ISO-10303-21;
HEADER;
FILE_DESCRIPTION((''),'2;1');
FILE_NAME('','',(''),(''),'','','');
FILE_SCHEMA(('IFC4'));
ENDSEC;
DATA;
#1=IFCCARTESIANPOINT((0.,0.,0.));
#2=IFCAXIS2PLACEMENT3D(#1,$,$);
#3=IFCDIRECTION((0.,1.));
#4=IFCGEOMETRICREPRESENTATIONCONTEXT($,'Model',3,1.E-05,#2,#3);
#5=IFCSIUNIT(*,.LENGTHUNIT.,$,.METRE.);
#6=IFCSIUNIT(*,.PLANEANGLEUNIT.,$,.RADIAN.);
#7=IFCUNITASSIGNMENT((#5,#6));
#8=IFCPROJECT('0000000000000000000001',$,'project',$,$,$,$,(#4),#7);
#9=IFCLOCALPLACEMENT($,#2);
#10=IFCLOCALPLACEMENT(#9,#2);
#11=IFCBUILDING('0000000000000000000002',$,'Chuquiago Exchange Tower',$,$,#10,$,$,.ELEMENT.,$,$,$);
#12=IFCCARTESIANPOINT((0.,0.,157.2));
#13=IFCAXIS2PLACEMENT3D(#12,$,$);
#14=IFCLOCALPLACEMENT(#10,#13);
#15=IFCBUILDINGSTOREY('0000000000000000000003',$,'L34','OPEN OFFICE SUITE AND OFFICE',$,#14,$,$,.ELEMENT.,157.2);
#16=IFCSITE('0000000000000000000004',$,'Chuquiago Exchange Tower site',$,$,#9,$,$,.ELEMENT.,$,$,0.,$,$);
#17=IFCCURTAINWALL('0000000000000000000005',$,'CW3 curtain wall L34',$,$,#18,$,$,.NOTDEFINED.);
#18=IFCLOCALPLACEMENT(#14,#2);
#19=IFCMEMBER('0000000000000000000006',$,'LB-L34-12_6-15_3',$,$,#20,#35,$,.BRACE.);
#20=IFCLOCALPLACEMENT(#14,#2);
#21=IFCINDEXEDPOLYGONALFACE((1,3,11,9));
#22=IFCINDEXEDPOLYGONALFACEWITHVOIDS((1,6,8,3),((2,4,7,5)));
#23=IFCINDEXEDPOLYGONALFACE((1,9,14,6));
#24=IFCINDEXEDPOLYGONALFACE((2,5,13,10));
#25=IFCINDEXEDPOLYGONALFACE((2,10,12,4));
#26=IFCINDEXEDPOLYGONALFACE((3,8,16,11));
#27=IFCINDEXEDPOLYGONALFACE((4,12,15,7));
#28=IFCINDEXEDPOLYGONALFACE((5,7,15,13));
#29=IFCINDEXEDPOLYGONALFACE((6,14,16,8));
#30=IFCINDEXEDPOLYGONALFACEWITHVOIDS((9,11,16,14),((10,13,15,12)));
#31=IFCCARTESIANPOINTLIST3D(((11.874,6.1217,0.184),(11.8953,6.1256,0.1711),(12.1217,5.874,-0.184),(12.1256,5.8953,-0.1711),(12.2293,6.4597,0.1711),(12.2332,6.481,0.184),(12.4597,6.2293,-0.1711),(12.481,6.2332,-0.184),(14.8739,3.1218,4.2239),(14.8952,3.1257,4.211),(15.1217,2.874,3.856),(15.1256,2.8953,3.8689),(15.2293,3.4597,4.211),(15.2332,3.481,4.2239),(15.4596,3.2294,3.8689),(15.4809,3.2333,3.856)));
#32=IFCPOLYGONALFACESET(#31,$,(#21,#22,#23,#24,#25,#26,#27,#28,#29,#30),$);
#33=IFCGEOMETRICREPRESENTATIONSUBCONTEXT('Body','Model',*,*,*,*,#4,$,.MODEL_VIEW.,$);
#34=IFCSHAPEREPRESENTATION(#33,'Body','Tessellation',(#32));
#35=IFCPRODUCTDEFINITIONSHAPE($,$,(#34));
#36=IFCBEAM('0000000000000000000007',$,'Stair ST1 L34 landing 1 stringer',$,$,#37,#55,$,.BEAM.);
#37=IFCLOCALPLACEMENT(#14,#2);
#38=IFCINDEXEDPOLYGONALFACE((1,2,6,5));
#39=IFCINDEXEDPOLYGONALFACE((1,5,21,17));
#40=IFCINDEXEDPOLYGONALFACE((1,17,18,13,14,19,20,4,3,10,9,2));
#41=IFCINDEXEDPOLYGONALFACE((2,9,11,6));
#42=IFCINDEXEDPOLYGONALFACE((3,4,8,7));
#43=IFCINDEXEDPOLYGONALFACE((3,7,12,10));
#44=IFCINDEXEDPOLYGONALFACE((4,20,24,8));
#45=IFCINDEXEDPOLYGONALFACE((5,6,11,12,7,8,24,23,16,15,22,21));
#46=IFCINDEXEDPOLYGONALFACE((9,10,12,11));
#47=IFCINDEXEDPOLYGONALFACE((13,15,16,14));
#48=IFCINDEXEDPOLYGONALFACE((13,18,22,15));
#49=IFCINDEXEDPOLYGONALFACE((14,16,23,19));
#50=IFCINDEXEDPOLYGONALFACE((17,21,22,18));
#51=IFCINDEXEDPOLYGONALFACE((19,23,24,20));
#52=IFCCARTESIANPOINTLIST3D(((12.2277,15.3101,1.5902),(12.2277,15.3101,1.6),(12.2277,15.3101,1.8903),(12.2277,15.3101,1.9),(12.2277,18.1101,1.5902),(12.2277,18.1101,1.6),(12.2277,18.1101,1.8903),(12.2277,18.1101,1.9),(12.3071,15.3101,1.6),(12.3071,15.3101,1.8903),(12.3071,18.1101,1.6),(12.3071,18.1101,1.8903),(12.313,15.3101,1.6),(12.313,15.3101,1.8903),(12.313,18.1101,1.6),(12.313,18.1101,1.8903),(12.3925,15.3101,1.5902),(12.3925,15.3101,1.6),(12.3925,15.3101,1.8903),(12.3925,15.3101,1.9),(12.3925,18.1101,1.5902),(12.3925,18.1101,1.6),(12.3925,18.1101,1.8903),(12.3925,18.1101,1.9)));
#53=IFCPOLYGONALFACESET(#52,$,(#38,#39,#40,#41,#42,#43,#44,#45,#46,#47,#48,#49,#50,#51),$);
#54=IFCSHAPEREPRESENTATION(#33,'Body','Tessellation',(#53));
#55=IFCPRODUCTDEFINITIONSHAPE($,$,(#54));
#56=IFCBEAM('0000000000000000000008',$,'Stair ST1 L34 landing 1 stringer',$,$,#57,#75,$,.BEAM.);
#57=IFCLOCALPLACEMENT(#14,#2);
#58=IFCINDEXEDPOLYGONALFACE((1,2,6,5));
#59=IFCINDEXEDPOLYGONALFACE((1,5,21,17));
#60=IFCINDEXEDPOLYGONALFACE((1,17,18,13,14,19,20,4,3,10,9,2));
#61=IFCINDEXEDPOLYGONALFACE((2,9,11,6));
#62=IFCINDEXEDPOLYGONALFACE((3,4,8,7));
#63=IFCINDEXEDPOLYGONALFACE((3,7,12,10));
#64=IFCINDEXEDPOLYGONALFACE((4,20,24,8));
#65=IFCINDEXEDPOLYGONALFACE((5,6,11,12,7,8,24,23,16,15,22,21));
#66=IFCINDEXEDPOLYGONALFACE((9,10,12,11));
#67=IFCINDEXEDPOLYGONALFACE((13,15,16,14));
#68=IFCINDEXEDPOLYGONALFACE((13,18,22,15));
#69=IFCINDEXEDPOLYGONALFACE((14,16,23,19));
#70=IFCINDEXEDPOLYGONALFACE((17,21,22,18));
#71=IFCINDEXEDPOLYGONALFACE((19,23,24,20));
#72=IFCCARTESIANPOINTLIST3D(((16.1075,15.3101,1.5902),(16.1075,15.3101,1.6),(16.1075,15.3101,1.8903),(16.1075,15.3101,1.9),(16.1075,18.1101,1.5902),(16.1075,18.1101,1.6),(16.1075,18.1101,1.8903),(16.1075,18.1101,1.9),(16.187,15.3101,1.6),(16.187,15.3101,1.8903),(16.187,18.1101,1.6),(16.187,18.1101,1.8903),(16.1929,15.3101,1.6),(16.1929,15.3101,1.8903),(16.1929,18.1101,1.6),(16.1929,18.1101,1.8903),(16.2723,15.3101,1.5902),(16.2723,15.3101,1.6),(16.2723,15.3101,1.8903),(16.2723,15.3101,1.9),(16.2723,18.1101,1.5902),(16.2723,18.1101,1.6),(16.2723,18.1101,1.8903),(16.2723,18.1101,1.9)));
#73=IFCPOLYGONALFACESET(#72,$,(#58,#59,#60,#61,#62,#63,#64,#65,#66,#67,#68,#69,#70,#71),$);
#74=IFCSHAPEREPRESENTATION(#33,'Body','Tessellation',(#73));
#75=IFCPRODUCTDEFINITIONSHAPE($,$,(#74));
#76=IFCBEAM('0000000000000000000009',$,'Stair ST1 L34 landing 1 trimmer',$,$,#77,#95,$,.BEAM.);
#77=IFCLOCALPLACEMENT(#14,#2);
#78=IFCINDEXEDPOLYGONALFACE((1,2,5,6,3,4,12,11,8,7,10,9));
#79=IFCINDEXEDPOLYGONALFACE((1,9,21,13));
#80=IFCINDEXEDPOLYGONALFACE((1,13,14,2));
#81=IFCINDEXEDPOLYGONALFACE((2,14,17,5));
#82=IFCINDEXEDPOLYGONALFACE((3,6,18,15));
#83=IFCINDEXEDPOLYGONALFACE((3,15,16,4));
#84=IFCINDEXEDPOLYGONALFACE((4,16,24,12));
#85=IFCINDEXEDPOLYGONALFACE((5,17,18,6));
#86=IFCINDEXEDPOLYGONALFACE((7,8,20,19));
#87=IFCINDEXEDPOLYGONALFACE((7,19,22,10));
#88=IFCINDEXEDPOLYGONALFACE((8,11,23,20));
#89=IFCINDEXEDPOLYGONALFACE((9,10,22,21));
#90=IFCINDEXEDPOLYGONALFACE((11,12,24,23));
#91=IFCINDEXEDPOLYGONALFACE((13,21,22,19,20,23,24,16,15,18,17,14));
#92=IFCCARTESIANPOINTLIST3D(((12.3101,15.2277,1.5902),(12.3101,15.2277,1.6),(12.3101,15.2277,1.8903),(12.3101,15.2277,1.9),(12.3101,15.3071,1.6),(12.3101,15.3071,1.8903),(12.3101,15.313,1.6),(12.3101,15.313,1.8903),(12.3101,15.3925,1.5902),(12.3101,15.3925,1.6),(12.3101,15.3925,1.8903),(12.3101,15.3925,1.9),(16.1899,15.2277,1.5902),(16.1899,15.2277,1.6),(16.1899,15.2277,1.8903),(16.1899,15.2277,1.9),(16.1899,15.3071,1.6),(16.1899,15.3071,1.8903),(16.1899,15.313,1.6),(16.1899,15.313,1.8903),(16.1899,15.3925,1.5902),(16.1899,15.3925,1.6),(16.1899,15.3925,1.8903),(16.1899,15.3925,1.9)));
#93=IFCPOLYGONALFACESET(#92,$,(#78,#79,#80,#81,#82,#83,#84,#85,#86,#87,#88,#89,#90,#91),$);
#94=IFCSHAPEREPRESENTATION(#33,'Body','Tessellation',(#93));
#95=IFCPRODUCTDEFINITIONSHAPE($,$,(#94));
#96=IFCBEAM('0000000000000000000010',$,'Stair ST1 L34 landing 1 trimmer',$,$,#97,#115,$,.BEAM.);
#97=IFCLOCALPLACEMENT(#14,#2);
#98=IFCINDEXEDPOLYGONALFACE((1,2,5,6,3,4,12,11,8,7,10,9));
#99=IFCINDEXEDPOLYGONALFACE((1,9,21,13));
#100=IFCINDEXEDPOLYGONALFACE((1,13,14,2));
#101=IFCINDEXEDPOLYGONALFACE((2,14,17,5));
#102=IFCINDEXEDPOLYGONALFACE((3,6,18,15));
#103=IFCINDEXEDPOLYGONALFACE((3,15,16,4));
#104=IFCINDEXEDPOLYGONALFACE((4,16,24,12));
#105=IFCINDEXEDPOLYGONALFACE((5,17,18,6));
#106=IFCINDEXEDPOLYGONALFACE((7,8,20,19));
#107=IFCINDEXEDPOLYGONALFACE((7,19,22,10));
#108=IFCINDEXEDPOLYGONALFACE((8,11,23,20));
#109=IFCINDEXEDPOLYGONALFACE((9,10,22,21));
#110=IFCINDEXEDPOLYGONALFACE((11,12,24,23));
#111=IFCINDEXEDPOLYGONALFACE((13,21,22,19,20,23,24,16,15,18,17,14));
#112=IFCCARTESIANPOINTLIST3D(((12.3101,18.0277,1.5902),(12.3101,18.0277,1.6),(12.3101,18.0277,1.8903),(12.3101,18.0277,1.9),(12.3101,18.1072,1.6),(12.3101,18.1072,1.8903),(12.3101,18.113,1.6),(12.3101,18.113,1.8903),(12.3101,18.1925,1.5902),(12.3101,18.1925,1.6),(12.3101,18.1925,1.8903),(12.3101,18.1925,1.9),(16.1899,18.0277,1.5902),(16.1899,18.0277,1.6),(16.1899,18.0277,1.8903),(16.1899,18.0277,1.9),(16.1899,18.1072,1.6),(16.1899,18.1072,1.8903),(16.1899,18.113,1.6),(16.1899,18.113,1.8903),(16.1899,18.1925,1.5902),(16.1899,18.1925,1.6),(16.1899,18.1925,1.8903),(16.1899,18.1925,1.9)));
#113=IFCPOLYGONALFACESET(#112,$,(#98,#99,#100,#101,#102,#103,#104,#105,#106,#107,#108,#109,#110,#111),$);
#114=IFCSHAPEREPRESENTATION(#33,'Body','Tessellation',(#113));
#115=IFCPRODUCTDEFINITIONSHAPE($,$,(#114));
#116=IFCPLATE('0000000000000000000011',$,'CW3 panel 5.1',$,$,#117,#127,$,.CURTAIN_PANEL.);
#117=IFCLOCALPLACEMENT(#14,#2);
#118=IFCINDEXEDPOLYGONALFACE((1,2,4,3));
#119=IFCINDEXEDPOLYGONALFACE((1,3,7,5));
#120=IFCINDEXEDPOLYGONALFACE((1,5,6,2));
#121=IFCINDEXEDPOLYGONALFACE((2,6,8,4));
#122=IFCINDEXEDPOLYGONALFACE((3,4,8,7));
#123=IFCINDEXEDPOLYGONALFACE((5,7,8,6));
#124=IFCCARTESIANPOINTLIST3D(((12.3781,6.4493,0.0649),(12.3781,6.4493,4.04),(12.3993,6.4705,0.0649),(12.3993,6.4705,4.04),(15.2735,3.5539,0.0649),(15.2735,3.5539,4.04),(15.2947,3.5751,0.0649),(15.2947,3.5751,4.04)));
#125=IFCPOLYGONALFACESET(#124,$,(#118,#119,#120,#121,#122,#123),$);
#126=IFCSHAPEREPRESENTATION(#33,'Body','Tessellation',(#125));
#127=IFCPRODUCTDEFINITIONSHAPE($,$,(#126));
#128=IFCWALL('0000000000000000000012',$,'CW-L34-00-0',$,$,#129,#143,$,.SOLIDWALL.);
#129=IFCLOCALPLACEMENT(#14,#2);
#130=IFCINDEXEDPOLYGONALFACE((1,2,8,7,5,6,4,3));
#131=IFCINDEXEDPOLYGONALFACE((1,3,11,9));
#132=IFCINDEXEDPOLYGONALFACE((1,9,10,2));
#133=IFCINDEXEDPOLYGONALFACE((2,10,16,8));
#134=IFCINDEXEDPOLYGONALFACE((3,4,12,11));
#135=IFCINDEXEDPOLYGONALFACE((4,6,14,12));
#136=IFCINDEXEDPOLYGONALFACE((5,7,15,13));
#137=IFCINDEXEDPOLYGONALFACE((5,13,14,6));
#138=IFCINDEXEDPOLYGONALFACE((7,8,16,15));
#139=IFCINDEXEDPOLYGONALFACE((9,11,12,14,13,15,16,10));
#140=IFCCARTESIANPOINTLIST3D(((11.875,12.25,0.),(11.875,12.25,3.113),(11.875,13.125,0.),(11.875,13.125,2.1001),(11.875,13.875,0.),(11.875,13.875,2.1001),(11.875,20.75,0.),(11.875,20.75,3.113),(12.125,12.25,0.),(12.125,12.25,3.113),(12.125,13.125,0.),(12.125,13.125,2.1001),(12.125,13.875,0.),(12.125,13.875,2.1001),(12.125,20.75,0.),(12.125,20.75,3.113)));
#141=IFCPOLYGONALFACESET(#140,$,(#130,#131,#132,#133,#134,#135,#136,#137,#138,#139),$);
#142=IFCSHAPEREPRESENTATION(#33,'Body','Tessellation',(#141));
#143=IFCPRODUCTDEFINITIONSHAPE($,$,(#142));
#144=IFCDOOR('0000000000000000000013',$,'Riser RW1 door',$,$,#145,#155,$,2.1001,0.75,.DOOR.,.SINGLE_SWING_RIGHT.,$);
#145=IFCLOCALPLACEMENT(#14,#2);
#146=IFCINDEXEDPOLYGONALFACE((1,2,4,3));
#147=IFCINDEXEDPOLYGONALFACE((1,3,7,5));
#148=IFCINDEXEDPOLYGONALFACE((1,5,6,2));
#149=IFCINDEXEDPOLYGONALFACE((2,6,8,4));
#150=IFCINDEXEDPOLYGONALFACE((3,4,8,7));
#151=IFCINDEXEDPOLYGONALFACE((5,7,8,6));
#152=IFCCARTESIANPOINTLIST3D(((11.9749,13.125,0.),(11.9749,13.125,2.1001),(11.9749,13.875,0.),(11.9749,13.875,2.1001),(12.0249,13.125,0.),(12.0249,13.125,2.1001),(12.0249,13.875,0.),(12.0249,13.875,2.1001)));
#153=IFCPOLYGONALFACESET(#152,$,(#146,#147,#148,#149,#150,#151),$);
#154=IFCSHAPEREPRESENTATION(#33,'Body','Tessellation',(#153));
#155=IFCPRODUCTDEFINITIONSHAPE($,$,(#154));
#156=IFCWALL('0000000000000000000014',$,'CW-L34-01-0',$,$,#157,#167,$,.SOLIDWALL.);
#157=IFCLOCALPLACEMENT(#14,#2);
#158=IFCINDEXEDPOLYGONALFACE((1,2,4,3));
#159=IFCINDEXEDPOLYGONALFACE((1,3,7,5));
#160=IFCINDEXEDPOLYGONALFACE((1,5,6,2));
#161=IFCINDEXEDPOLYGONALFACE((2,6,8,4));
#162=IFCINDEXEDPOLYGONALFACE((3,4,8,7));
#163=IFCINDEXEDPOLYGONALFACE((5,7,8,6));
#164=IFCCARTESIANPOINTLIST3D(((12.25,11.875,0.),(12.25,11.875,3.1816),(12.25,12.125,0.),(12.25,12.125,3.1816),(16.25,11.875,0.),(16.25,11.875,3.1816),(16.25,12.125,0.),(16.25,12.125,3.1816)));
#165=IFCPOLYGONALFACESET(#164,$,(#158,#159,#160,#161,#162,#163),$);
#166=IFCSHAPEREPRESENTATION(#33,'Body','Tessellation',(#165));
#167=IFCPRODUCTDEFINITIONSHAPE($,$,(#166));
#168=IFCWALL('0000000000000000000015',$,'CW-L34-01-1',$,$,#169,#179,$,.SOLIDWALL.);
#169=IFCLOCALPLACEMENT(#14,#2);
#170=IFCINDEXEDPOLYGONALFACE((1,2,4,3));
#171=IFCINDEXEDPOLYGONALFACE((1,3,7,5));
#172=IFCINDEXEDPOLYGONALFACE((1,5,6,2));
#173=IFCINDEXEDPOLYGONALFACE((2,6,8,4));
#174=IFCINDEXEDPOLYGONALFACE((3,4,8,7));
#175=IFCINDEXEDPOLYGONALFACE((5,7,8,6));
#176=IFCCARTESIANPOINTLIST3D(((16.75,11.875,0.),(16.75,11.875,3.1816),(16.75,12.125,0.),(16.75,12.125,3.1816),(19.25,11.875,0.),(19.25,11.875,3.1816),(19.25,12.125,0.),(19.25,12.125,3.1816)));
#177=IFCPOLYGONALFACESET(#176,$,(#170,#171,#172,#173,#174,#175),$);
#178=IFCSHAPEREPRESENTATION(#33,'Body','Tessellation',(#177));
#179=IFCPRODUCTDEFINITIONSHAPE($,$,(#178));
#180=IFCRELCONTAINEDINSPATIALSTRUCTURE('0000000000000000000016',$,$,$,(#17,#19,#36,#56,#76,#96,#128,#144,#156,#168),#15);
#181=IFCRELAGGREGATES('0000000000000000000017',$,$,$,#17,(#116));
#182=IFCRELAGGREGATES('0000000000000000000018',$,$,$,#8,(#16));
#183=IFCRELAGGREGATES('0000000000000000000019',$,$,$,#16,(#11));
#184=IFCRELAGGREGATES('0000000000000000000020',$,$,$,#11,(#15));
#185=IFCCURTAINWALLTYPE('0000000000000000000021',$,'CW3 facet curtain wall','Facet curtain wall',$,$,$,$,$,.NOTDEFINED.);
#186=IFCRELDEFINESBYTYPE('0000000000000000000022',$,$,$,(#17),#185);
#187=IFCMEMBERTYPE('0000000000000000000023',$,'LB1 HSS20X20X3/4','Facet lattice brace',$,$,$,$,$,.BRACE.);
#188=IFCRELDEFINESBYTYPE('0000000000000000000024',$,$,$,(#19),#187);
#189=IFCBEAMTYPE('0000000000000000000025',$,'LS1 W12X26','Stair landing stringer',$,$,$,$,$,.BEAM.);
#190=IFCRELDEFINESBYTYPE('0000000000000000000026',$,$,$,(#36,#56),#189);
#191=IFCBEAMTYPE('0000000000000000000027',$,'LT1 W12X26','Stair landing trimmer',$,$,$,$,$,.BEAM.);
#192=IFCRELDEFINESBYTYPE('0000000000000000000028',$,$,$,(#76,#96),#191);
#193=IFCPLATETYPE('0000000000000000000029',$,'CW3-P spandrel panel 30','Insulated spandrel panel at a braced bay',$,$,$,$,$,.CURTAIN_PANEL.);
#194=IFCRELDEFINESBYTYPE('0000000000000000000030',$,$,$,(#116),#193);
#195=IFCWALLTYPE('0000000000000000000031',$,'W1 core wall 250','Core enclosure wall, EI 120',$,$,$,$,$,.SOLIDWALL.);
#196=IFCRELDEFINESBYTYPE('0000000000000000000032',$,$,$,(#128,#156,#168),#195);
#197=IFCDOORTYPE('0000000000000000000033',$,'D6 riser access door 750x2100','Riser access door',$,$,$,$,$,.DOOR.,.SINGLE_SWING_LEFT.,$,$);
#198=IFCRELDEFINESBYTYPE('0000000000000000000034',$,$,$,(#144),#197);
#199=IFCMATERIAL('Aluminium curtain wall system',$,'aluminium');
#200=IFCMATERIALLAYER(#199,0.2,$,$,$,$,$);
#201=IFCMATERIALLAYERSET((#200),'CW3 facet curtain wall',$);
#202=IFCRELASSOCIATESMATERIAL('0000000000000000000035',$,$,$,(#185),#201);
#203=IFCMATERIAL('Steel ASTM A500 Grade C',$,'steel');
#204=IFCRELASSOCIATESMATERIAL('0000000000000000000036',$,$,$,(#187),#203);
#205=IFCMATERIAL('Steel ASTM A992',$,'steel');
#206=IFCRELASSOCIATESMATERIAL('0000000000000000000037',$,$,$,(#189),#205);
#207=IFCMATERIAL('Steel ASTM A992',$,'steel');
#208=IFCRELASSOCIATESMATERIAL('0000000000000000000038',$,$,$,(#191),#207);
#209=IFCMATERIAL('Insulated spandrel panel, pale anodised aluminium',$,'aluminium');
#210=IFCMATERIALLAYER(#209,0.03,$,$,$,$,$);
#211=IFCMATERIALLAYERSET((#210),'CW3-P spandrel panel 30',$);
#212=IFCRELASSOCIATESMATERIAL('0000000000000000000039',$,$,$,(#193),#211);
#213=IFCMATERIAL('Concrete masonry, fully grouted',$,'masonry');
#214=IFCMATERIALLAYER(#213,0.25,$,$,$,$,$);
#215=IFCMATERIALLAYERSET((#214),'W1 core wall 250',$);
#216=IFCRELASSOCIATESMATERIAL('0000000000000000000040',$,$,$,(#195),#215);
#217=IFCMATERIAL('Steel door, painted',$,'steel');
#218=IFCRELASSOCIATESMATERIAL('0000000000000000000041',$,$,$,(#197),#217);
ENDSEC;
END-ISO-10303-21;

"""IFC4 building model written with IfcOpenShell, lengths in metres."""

from ifc_helpers import new_model, si_unit, direction, frame, frame_2d, origin, origin_2d, place, context, subcontext, project, spatial, rectangle, hollow_rectangle, i_section, extrude, material, layer, layer_set, material_profile, profile_set, type_object, element, fill, aggregate, save


model = new_model("IFC4")

# Units and contexts
model_context = context("Model", 3, precision=1e-05, world=origin(), true_north=direction((0.0, 1.0)))
body_context = subcontext(model_context, "Body", "Model", "MODEL_VIEW")
ifc_project = project(units=[si_unit("LENGTHUNIT", "METRE"), si_unit("PLANEANGLEUNIT", "RADIAN")], contexts=[model_context])

# Site, building, storey
site_placement = place(None, origin())
site = spatial("IfcSite", under=ifc_project, at=site_placement, Name="Chuquiago Exchange Tower site", CompositionType="ELEMENT", RefElevation=0.0)
building_placement = place(site_placement, origin())
building = spatial("IfcBuilding", under=site, at=building_placement, Name="Chuquiago Exchange Tower", CompositionType="ELEMENT")
storey_placement = place(building_placement, frame((0.0, 0.0, 157.2)))
storey = spatial("IfcBuildingStorey", under=building, at=storey_placement, Name="L34", Description="OPEN OFFICE SUITE AND OFFICE", CompositionType="ELEMENT", Elevation=157.2)

# Curtain wall
ifc_material_1 = material(Name="Aluminium curtain wall system", Category="aluminium")
ifc_layer_1 = layer(ifc_material_1, 0.2)
ifc_layer_set_1 = layer_set([ifc_layer_1], Name="CW3 facet curtain wall")
curtain_wall_type = type_object("IfcCurtainWallType", Name="CW3 facet curtain wall", Description="Facet curtain wall", PredefinedType="NOTDEFINED", material=ifc_layer_set_1)
curtain_wall_placement = place(storey_placement, origin())
curtain_wall = element("IfcCurtainWall", 1, at=curtain_wall_placement, inside=storey, type_object=curtain_wall_type, Name="CW3 curtain wall L34", PredefinedType="NOTDEFINED")

# Member
ifc_material_2 = material(Name="Steel ASTM A500 Grade C", Category="steel")
ifc_material_profile_1 = material_profile(ifc_material_2, hollow_rectangle(XDim=0.5081, YDim=0.5081, WallThickness=0.0178, at=origin_2d()), Name="HSS20X20X3/4")
ifc_profile_set_1 = profile_set([ifc_material_profile_1], Name="Steel ASTM A500 Grade C")
member_type_1 = type_object("IfcMemberType", Name="LB1 HSS20X20X3/4", Description="Facet lattice brace", PredefinedType="BRACE", material=ifc_profile_set_1)
for number, where, z_axis, x_axis, name in (
    (2, (12.1775, 6.1775, 0.0), (0.512077, -0.512077, 0.689604), (0.707107, 0.707107, 0.0), "LB-L34-12_6-15_3"),
):
    element("IfcMember", number, at=place(storey_placement, frame(where, z_axis=z_axis, x_axis=x_axis)), inside=storey, type_object=member_type_1, Name=name, PredefinedType="BRACE", context=body_context, shape_type="SweptSolid", body=[
        extrude(hollow_rectangle(XDim=0.5081, YDim=0.5081, WallThickness=0.0178, at=origin_2d()), origin(), (0.0, 0.0, 1.0), 5.8584),
    ])

# Beams
ifc_material_3 = material(Name="Steel ASTM A992", Category="steel")
ifc_material_profile_2 = material_profile(ifc_material_3, i_section(OverallWidth=0.1648, OverallDepth=0.3098, WebThickness=0.0059, FlangeThickness=0.0098, at=origin_2d()), Name="W12X26")
ifc_profile_set_2 = profile_set([ifc_material_profile_2], Name="Steel ASTM A992")
beam_type_1 = type_object("IfcBeamType", Name="LS1 W12X26", Description="Stair landing stringer", PredefinedType="BEAM", material=ifc_profile_set_2)
for number, where, z_axis, x_axis, name in (
    (3, (12.3101, 15.3101, 1.7451), (0.0, 1.0, 0.0), (-1.0, 0.0, 0.0), "Stair ST1 L34 landing 1 stringer"),
    (4, (16.1899, 15.3101, 1.7451), (0.0, 1.0, 0.0), (-1.0, 0.0, 0.0), "Stair ST1 L34 landing 1 stringer"),
):
    element("IfcBeam", number, at=place(storey_placement, frame(where, z_axis=z_axis, x_axis=x_axis)), inside=storey, type_object=beam_type_1, Name=name, PredefinedType="BEAM", context=body_context, shape_type="SweptSolid", body=[
        extrude(i_section(OverallWidth=0.1648, OverallDepth=0.3098, WebThickness=0.0059, FlangeThickness=0.0098, at=origin_2d()), origin(), (0.0, 0.0, 1.0), 2.8),
    ])
ifc_material_4 = material(Name="Steel ASTM A992", Category="steel")
ifc_material_profile_3 = material_profile(ifc_material_4, i_section(OverallWidth=0.1648, OverallDepth=0.3098, WebThickness=0.0059, FlangeThickness=0.0098, at=origin_2d()), Name="W12X26")
ifc_profile_set_3 = profile_set([ifc_material_profile_3], Name="Steel ASTM A992")
beam_type_2 = type_object("IfcBeamType", Name="LT1 W12X26", Description="Stair landing trimmer", PredefinedType="BEAM", material=ifc_profile_set_3)
for number, where, z_axis, x_axis, name in (
    (5, (12.3101, 15.3101, 1.7451), (1.0, 0.0, 0.0), (0.0, 1.0, 0.0), "Stair ST1 L34 landing 1 trimmer"),
    (6, (12.3101, 18.1101, 1.7451), (1.0, 0.0, 0.0), (0.0, 1.0, 0.0), "Stair ST1 L34 landing 1 trimmer"),
):
    element("IfcBeam", number, at=place(storey_placement, frame(where, z_axis=z_axis, x_axis=x_axis)), inside=storey, type_object=beam_type_2, Name=name, PredefinedType="BEAM", context=body_context, shape_type="SweptSolid", body=[
        extrude(i_section(OverallWidth=0.1648, OverallDepth=0.3098, WebThickness=0.0059, FlangeThickness=0.0098, at=origin_2d()), origin(), (0.0, 0.0, 1.0), 3.8799),
    ])

# Plate
ifc_material_5 = material(Name="Insulated spandrel panel, pale anodised aluminium", Category="aluminium")
ifc_layer_2 = layer(ifc_material_5, 0.03)
ifc_layer_set_2 = layer_set([ifc_layer_2], Name="CW3-P spandrel panel 30")
plate_type = type_object("IfcPlateType", Name="CW3-P spandrel panel 30", Description="Insulated spandrel panel at a braced bay", PredefinedType="CURTAIN_PANEL", material=ifc_layer_set_2)
plate_placement = place(storey_placement, frame((13.8364, 5.0122, 0.0649), z_axis=(0.0, 0.0, 1.0), x_axis=(0.707107, -0.707107, 0.0)))
plate = element("IfcPlate", 7, at=plate_placement, type_object=plate_type, Name="CW3 panel 5.1", PredefinedType="CURTAIN_PANEL", context=body_context, shape_type="SweptSolid", body=[
    extrude(rectangle(XDim=4.0947, YDim=0.03, at=origin_2d()), origin(), (0.0, 0.0, 1.0), 3.9751),
])
aggregate(curtain_wall, [plate])

# Wall, opening, door
ifc_material_6 = material(Name="Concrete masonry, fully grouted", Category="masonry")
ifc_layer_3 = layer(ifc_material_6, 0.25)
ifc_layer_set_3 = layer_set([ifc_layer_3], Name="W1 core wall 250")
wall_type_1 = type_object("IfcWallType", Name="W1 core wall 250", Description="Core enclosure wall, EI 120", PredefinedType="SOLIDWALL", material=ifc_layer_set_3)
wall_1_placement = place(storey_placement, frame((12.0, 12.25, 0.0), z_axis=(0.0, 0.0, 1.0), x_axis=(0.0, 1.0, 0.0)))
wall_1 = element("IfcWall", 8, at=wall_1_placement, inside=storey, type_object=wall_type_1, Name="CW-L34-00-0", PredefinedType="SOLIDWALL", context=body_context, shape_type="SweptSolid", body=[
    extrude(rectangle(XDim=8.5, YDim=0.25, at=frame_2d((4.25, 0.0))), origin(), (0.0, 0.0, 1.0), 3.113),
])
opening_placement = place(wall_1_placement, frame((0.875, 0.0, 0.0)))
opening = element("IfcOpeningElement", 9, at=opening_placement, cuts=wall_1, PredefinedType="OPENING", context=body_context, shape_type="SweptSolid", body=[
    extrude(rectangle(XDim=0.75, YDim=2.1001, at=frame_2d((0.375, 1.05))), frame((0.0, 0.135, 0.0), z_axis=(0.0, -1.0, 0.0), x_axis=(1.0, 0.0, 0.0)), (0.0, 0.0, 1.0), 0.27),
])
ifc_material_7 = material(Name="Steel door, painted", Category="steel")
door_type = type_object("IfcDoorType", Name="D6 riser access door 750x2100", Description="Riser access door", OperationType="SINGLE_SWING_LEFT", PredefinedType="DOOR", material=ifc_material_7)
door_placement = place(opening_placement, frame((0.75, 0.0, 0.0), z_axis=(0.0, 0.0, 1.0), x_axis=(-1.0, 0.0, 0.0)))
door = element("IfcDoor", 10, at=door_placement, inside=storey, type_object=door_type, Name="Riser RW1 door", OperationType="SINGLE_SWING_RIGHT", OverallHeight=2.1001, OverallWidth=0.75, PredefinedType="DOOR", context=body_context, shape_type="SweptSolid", body=[
    extrude(rectangle(XDim=0.75, YDim=2.1001, at=frame_2d((0.375, 1.05))), frame((0.0, 0.0249, 0.0), z_axis=(0.0, -1.0, 0.0), x_axis=(1.0, 0.0, 0.0)), (0.0, 0.0, 1.0), 0.05),
])
fill(opening, door)

# Walls
wall_2_placement = place(storey_placement, frame((12.25, 12.0, 0.0), z_axis=(0.0, 0.0, 1.0), x_axis=(1.0, 0.0, 0.0)))
element("IfcWall", 11, at=wall_2_placement, inside=storey, type_object=wall_type_1, Name="CW-L34-01-0", PredefinedType="SOLIDWALL", context=body_context, shape_type="SweptSolid", body=[
    extrude(rectangle(XDim=4.0, YDim=0.25, at=frame_2d((2.0, 0.0))), origin(), (0.0, 0.0, 1.0), 3.1816),
])
wall_3_placement = place(storey_placement, frame((16.75, 12.0, 0.0), z_axis=(0.0, 0.0, 1.0), x_axis=(1.0, 0.0, 0.0)))
element("IfcWall", 12, at=wall_3_placement, inside=storey, type_object=wall_type_1, Name="CW-L34-01-1", PredefinedType="SOLIDWALL", context=body_context, shape_type="SweptSolid", body=[
    extrude(rectangle(XDim=2.5, YDim=0.25, at=frame_2d((1.25, 0.0))), origin(), (0.0, 0.0, 1.0), 3.1816),
])

save(model, "model.ifc")
